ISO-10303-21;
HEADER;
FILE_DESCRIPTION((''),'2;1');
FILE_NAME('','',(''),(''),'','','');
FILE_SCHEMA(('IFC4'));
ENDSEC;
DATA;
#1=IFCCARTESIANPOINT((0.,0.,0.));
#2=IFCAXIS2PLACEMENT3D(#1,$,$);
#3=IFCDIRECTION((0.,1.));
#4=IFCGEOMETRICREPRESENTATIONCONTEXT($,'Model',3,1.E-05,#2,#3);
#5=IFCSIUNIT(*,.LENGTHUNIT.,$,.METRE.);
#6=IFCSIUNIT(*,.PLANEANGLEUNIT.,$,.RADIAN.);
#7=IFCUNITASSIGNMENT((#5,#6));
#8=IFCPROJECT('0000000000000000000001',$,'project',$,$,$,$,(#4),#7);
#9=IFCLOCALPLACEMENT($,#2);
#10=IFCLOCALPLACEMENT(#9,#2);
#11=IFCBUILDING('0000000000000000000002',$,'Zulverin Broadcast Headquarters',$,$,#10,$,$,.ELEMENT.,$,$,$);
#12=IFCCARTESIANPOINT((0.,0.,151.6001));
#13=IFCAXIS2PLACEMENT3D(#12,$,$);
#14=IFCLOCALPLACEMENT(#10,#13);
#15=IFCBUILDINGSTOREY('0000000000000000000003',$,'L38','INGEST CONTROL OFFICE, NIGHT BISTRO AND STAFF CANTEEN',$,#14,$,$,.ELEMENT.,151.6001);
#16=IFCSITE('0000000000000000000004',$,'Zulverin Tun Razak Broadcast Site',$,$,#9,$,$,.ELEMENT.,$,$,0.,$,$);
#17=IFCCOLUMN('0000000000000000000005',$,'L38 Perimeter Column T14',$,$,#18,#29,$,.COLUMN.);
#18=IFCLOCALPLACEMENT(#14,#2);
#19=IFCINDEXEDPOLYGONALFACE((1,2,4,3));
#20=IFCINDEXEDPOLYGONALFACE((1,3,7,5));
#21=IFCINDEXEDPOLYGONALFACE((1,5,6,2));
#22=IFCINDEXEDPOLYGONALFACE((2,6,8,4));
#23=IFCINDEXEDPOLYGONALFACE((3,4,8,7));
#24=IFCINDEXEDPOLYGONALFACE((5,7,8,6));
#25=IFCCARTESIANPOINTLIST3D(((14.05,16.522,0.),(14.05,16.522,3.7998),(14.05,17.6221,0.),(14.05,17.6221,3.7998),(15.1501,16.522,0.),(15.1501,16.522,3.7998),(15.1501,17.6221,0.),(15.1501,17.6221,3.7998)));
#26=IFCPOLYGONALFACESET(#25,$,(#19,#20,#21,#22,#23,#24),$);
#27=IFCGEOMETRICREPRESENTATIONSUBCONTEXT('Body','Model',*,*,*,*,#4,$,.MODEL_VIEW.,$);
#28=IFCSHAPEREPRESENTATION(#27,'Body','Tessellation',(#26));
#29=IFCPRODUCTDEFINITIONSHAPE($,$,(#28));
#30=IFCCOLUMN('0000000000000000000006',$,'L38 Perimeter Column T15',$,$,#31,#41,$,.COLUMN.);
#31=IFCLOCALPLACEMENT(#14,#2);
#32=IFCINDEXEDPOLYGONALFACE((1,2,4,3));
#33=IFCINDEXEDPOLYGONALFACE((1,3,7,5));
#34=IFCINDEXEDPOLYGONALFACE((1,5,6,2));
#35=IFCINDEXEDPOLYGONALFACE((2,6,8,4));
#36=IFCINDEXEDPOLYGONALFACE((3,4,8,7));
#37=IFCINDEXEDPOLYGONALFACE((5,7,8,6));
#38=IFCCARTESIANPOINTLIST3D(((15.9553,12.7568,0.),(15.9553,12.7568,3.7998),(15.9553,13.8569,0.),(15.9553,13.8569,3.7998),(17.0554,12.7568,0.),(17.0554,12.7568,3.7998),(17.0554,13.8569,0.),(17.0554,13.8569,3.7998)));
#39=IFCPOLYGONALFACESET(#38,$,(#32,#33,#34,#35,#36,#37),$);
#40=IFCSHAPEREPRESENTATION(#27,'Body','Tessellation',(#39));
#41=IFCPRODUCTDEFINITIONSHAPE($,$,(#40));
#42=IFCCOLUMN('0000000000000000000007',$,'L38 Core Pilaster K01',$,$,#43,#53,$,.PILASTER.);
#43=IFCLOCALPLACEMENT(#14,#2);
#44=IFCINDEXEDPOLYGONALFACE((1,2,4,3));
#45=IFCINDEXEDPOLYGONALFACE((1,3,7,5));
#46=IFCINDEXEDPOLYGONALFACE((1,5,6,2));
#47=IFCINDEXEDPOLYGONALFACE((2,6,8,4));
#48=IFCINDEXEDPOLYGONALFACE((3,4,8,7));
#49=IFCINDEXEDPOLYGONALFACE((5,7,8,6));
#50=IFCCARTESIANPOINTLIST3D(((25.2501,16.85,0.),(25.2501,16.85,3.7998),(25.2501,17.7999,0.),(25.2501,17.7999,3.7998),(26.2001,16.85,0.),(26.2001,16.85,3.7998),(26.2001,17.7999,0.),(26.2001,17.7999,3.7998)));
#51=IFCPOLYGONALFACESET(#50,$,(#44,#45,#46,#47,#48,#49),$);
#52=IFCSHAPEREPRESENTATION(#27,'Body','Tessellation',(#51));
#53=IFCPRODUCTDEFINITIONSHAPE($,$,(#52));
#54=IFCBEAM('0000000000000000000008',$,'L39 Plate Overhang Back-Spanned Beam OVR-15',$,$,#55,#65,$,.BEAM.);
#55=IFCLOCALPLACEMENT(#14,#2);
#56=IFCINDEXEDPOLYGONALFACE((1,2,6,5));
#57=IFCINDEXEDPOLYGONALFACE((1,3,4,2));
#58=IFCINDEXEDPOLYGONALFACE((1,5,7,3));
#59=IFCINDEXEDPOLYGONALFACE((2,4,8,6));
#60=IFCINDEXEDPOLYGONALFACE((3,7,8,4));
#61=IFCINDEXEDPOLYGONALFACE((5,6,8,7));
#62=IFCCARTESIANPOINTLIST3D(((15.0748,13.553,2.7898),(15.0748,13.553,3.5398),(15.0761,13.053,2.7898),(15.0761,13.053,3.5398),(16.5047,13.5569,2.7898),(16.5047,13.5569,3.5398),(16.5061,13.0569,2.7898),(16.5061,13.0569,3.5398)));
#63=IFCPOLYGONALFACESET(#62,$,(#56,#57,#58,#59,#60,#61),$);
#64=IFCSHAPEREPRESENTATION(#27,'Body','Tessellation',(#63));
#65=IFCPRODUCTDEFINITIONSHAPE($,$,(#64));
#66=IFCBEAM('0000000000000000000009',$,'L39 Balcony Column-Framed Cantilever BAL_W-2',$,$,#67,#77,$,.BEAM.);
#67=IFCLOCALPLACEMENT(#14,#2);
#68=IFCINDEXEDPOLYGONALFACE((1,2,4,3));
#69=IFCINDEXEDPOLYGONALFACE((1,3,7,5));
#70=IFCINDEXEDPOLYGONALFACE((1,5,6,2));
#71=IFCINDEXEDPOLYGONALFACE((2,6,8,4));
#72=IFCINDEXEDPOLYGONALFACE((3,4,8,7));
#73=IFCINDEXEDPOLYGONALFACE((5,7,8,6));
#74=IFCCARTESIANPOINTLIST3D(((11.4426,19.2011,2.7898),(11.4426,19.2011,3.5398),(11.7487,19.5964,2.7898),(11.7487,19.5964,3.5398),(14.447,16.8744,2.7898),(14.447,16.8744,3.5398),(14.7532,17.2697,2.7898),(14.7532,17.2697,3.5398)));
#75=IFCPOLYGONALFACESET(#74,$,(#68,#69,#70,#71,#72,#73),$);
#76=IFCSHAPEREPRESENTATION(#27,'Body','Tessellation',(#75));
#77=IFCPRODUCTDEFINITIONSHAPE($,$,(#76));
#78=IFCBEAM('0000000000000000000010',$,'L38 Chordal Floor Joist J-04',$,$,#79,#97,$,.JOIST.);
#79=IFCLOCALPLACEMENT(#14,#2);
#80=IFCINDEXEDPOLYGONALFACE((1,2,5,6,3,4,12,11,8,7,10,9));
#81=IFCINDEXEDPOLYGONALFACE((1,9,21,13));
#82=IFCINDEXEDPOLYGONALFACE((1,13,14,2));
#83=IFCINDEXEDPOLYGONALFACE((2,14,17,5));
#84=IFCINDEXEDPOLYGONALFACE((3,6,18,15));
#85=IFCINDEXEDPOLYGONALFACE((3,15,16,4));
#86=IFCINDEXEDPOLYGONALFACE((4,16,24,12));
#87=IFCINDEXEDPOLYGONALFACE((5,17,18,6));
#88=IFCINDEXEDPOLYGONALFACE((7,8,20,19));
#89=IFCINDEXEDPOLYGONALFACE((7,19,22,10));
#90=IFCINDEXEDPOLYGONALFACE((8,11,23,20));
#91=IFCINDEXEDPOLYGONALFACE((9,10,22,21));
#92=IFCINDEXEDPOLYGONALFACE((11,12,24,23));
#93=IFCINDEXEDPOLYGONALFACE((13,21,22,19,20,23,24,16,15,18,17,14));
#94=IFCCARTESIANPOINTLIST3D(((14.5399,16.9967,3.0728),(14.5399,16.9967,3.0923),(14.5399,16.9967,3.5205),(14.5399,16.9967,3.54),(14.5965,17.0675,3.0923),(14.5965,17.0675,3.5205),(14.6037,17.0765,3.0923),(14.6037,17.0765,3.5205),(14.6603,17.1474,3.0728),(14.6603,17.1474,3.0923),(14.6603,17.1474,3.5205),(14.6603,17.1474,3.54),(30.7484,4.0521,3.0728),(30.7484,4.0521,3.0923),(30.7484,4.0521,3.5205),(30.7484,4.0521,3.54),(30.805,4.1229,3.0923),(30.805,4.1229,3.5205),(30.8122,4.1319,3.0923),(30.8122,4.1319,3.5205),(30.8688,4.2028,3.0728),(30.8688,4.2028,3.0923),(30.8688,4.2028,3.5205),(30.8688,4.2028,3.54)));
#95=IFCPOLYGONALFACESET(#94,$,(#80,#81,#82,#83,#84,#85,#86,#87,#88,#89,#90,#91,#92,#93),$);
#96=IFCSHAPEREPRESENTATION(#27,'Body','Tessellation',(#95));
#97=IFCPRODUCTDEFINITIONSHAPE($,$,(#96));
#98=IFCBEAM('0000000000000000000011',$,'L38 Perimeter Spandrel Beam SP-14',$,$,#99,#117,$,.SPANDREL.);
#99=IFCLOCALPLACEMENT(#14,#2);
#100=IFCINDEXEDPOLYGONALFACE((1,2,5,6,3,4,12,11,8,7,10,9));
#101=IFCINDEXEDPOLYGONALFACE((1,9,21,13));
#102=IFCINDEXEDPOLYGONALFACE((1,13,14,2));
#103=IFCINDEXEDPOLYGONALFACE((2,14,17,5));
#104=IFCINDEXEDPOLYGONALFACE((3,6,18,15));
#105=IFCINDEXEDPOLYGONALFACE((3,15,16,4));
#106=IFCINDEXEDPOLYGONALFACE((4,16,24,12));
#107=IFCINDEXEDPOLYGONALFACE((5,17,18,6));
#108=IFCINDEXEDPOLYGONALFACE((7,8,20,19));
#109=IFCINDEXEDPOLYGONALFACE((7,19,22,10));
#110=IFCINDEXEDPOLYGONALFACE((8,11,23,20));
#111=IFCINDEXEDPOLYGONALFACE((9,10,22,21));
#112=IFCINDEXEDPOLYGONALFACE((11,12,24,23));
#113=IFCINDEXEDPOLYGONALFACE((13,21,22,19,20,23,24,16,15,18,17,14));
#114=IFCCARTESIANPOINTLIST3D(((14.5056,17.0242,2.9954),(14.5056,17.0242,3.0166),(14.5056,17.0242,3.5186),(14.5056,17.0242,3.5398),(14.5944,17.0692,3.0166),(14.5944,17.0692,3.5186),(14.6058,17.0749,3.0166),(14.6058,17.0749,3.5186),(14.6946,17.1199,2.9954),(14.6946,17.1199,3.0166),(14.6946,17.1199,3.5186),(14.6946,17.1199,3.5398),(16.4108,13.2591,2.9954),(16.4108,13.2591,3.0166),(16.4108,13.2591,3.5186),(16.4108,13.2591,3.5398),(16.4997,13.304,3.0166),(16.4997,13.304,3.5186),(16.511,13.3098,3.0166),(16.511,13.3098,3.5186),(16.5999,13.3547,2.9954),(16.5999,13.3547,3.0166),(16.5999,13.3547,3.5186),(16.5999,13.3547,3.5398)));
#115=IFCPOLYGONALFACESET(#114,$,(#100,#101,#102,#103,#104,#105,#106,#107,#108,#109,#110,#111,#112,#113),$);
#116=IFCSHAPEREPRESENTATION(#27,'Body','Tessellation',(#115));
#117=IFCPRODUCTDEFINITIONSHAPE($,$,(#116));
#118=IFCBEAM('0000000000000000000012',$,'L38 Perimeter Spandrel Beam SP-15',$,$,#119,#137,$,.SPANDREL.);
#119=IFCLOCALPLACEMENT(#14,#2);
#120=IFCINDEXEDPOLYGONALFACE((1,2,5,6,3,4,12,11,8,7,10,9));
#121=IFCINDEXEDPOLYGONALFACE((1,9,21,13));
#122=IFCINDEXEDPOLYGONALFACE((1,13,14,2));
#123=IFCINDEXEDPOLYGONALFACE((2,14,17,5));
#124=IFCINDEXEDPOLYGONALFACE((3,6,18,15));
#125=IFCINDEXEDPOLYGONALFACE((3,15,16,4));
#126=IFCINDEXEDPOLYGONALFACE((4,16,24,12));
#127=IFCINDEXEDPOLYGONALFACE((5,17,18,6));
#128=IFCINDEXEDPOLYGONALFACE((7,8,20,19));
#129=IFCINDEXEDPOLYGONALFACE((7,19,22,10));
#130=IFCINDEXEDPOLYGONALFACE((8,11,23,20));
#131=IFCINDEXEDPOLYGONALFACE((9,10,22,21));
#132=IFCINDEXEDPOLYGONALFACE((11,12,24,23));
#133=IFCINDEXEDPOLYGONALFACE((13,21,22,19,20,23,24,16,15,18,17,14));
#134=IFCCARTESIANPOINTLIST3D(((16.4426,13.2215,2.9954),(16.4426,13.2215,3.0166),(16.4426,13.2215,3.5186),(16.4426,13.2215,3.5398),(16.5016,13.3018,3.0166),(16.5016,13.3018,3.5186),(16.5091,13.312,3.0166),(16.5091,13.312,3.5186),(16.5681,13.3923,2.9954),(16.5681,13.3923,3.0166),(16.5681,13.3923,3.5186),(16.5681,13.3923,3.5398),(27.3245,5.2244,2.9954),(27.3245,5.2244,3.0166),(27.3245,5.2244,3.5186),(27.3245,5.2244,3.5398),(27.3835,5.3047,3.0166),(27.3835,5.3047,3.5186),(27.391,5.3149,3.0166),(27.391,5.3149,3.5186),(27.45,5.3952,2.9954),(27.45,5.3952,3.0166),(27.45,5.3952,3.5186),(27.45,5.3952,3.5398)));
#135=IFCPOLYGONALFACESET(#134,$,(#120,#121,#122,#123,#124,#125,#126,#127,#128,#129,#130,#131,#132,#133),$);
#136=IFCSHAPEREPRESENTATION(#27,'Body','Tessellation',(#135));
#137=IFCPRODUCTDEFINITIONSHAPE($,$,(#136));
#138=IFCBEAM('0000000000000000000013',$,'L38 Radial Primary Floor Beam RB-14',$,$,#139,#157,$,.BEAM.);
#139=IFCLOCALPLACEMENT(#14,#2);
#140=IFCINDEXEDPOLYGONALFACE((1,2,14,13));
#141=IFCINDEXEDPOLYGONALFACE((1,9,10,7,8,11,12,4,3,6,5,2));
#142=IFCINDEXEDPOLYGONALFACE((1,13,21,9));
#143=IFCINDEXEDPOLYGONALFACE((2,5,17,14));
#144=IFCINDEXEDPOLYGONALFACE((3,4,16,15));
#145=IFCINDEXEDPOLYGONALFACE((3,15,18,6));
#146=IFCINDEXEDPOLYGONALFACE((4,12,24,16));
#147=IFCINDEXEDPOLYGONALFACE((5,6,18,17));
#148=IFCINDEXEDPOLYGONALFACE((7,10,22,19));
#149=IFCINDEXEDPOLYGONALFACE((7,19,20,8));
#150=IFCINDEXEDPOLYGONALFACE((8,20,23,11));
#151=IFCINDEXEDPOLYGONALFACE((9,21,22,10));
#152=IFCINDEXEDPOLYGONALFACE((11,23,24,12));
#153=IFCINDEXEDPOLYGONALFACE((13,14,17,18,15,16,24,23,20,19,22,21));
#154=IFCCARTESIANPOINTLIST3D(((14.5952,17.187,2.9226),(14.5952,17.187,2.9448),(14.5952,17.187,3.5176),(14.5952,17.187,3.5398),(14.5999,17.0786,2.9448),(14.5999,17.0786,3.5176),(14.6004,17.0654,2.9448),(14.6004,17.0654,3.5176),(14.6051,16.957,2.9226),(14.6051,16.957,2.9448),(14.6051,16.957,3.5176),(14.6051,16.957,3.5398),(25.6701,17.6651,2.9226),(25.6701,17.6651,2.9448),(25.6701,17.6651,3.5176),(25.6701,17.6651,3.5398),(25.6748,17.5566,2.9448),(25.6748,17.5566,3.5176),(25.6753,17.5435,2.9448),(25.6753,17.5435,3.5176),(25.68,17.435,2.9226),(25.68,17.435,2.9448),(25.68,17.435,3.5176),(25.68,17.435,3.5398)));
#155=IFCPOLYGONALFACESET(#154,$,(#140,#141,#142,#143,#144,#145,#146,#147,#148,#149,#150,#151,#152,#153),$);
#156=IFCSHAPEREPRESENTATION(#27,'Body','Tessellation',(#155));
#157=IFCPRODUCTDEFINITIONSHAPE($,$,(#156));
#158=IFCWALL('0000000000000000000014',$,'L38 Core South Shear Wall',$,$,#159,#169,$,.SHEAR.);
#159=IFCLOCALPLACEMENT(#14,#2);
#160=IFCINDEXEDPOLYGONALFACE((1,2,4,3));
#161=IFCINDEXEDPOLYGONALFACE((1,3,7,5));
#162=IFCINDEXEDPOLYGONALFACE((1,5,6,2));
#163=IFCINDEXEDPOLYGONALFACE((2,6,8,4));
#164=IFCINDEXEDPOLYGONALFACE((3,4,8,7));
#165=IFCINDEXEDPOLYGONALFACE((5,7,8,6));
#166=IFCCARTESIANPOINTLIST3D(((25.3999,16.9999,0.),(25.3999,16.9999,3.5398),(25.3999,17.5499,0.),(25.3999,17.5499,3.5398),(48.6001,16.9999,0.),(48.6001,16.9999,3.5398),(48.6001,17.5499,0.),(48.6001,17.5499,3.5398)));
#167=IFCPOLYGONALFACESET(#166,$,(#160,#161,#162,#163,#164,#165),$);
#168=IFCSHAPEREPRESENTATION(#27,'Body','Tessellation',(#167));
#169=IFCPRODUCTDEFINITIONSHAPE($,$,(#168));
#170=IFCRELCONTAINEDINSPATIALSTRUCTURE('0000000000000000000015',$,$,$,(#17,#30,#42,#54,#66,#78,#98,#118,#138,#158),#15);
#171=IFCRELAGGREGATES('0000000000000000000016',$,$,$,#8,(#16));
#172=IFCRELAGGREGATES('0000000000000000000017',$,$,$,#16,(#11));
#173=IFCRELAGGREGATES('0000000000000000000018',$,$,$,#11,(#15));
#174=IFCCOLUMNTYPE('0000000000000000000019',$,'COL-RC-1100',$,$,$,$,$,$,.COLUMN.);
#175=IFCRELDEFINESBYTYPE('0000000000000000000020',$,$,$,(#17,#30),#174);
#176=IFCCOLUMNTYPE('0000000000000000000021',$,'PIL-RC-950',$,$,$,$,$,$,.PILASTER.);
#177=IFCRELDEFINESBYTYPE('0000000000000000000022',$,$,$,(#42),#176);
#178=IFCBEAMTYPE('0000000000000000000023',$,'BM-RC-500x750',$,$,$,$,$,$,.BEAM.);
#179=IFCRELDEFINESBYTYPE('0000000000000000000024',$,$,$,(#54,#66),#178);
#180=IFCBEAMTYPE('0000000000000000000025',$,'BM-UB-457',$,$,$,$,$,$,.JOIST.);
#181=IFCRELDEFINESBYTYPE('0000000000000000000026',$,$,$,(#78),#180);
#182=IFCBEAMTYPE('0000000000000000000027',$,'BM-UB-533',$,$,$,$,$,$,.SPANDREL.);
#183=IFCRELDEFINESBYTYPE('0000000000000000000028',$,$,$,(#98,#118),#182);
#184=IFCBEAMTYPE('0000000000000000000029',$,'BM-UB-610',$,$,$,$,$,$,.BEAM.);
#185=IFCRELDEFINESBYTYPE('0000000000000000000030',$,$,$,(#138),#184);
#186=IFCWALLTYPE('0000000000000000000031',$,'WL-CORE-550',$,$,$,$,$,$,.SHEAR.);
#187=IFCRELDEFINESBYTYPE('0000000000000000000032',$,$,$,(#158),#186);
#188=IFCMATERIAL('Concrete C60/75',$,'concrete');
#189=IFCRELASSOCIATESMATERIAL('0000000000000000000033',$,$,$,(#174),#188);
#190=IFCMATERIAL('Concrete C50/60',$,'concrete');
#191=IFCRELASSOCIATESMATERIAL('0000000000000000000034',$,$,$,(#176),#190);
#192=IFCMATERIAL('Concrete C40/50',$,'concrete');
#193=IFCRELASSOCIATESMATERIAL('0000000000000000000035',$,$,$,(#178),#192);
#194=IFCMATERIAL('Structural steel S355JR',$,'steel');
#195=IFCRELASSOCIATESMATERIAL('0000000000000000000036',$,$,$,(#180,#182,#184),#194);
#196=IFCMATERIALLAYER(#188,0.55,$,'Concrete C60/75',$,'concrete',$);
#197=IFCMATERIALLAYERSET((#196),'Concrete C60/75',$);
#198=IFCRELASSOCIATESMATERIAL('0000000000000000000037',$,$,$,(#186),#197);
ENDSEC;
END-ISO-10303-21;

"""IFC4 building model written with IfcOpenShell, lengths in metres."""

from ifc_helpers import new_model, si_unit, direction, frame, frame_2d, origin, origin_2d, place, context, subcontext, project, spatial, rectangle, i_section, extrude, material, layer, layer_set, material_profile, profile_set, type_object, element, save


model = new_model("IFC4")

# Units and contexts
model_context = context("Model", 3, precision=1e-05, world=origin(), true_north=direction((0.0, 1.0)))
body_context = subcontext(model_context, "Body", "Model", "MODEL_VIEW")
ifc_project = project(units=[si_unit("LENGTHUNIT", "METRE"), si_unit("PLANEANGLEUNIT", "RADIAN")], contexts=[model_context])

# Site, building, storey
site_placement = place(None, origin())
site = spatial("IfcSite", under=ifc_project, at=site_placement, Name="Zulverin Tun Razak Broadcast Site", CompositionType="ELEMENT", RefElevation=0.0)
building_placement = place(site_placement, origin())
building = spatial("IfcBuilding", under=site, at=building_placement, Name="Zulverin Broadcast Headquarters", CompositionType="ELEMENT")
storey_placement = place(building_placement, frame((0.0, 0.0, 151.6001)))
storey = spatial("IfcBuildingStorey", under=building, at=storey_placement, Name="L38", Description="INGEST CONTROL OFFICE, NIGHT BISTRO AND STAFF CANTEEN", CompositionType="ELEMENT", Elevation=151.6001)

# Columns
ifc_material_1 = material(Name="Concrete C60/75", Category="concrete")
ifc_material_profile_1 = material_profile(ifc_material_1, rectangle(XDim=1.1001, YDim=1.1001, at=origin_2d()), Name="Concrete C60/75", Category="concrete")
ifc_profile_set_1 = profile_set([ifc_material_profile_1], Name="Concrete C60/75")
column_type_1 = type_object("IfcColumnType", Name="COL-RC-1100", PredefinedType="COLUMN", material=ifc_profile_set_1)
for number, where, z_axis, x_axis, name in (
    (1, (14.6001, 17.072, 0.0), (0.0, 0.0, 1.0), (1.0, 0.0, 0.0), "L38 Perimeter Column T14"),
    (2, (16.5054, 13.3069, 0.0), (0.0, 0.0, 1.0), (1.0, 0.0, 0.0), "L38 Perimeter Column T15"),
):
    element("IfcColumn", number, at=place(storey_placement, frame(where, z_axis=z_axis, x_axis=x_axis)), inside=storey, type_object=column_type_1, Name=name, PredefinedType="COLUMN", context=body_context, shape_type="SweptSolid", body=[
        extrude(rectangle(XDim=1.1001, YDim=1.1001, at=origin_2d()), origin(), (0.0, 0.0, 1.0), 3.7998),
    ])
ifc_material_2 = material(Name="Concrete C50/60", Category="concrete")
ifc_material_profile_2 = material_profile(ifc_material_2, rectangle(XDim=0.95, YDim=0.95, at=origin_2d()), Name="Concrete C50/60", Category="concrete")
ifc_profile_set_2 = profile_set([ifc_material_profile_2], Name="Concrete C50/60")
column_type_2 = type_object("IfcColumnType", Name="PIL-RC-950", PredefinedType="PILASTER", material=ifc_profile_set_2)
column_placement = place(storey_placement, frame((25.7251, 17.325, 0.0), z_axis=(0.0, 0.0, 1.0), x_axis=(1.0, 0.0, 0.0)))
element("IfcColumn", 3, at=column_placement, inside=storey, type_object=column_type_2, Name="L38 Core Pilaster K01", PredefinedType="PILASTER", context=body_context, shape_type="SweptSolid", body=[
    extrude(rectangle(XDim=0.95, YDim=0.95, at=origin_2d()), origin(), (0.0, 0.0, 1.0), 3.7998),
])

# Beams
ifc_material_3 = material(Name="Concrete C40/50", Category="concrete")
ifc_material_profile_3 = material_profile(ifc_material_3, rectangle(XDim=0.5, YDim=0.75, at=origin_2d()), Name="Concrete C40/50", Category="concrete")
ifc_profile_set_3 = profile_set([ifc_material_profile_3], Name="Concrete C40/50")
beam_type_1 = type_object("IfcBeamType", Name="BM-RC-500x750", PredefinedType="BEAM", material=ifc_profile_set_3)
beam_1_placement = place(storey_placement, frame((16.5054, 13.3069, 3.1648), z_axis=(-0.999996, -0.002732, 0.0), x_axis=(0.002732, -0.999996, 0.0)))
element("IfcBeam", 4, at=beam_1_placement, inside=storey, type_object=beam_type_1, Name="L39 Plate Overhang Back-Spanned Beam OVR-15", PredefinedType="BEAM", context=body_context, shape_type="SweptSolid", body=[
    extrude(rectangle(XDim=0.5, YDim=0.75, at=origin_2d()), origin(), (0.0, 0.0, 1.0), 1.4299),
])
beam_2_placement = place(storey_placement, frame((14.6001, 17.072, 3.1648), z_axis=(-0.790637, 0.612285, 0.0), x_axis=(-0.612285, -0.790637, 0.0)))
element("IfcBeam", 5, at=beam_2_placement, inside=storey, type_object=beam_type_1, Name="L39 Balcony Column-Framed Cantilever BAL_W-2", PredefinedType="BEAM", context=body_context, shape_type="SweptSolid", body=[
    extrude(rectangle(XDim=0.5, YDim=0.75, at=origin_2d()), origin(), (0.0, 0.0, 1.0), 3.8),
])
ifc_material_4 = material(Name="Structural steel S355JR", Category="steel")
ifc_material_profile_4 = material_profile(ifc_material_4, i_section(OverallWidth=0.1929, OverallDepth=0.4673, WebThickness=0.0115, FlangeThickness=0.0195, at=origin_2d()), Name="Structural steel S355JR", Category="steel")
ifc_profile_set_4 = profile_set([ifc_material_profile_4], Name="Structural steel S355JR")
beam_type_2 = type_object("IfcBeamType", Name="BM-UB-457", PredefinedType="JOIST", material=ifc_profile_set_4)
beam_3_placement = place(storey_placement, frame((14.6001, 17.072, 3.3064), z_axis=(0.781391, -0.624042, 0.0), x_axis=(0.624042, 0.781391, 0.0)))
element("IfcBeam", 6, at=beam_3_placement, inside=storey, type_object=beam_type_2, Name="L38 Chordal Floor Joist J-04", PredefinedType="JOIST", context=body_context, shape_type="SweptSolid", body=[
    extrude(i_section(OverallWidth=0.1929, OverallDepth=0.4673, WebThickness=0.0115, FlangeThickness=0.0195, at=origin_2d()), origin(), (0.0, 0.0, 1.0), 20.7432),
])
ifc_material_profile_5 = material_profile(ifc_material_4, i_section(OverallWidth=0.2119, OverallDepth=0.5444, WebThickness=0.0127, FlangeThickness=0.0212, at=origin_2d()), Name="Structural steel S355JR", Category="steel")
ifc_profile_set_5 = profile_set([ifc_material_profile_5], Name="Structural steel S355JR")
beam_type_3 = type_object("IfcBeamType", Name="BM-UB-533", PredefinedType="SPANDREL", material=ifc_profile_set_5)
beam_4_placement = place(storey_placement, frame((14.6001, 17.072, 3.2676), z_axis=(0.451513, -0.892265, 0.0), x_axis=(0.892265, 0.451513, 0.0)))
element("IfcBeam", 7, at=beam_4_placement, inside=storey, type_object=beam_type_3, Name="L38 Perimeter Spandrel Beam SP-14", PredefinedType="SPANDREL", context=body_context, shape_type="SweptSolid", body=[
    extrude(i_section(OverallWidth=0.2119, OverallDepth=0.5444, WebThickness=0.0127, FlangeThickness=0.0212, at=origin_2d()), origin(), (0.0, 0.0, 1.0), 4.2197),
])
beam_5_placement = place(storey_placement, frame((16.5054, 13.3069, 3.2676), z_axis=(0.805802, -0.592185, 0.0), x_axis=(0.592185, 0.805802, 0.0)))
element("IfcBeam", 8, at=beam_5_placement, inside=storey, type_object=beam_type_3, Name="L38 Perimeter Spandrel Beam SP-15", PredefinedType="SPANDREL", context=body_context, shape_type="SweptSolid", body=[
    extrude(i_section(OverallWidth=0.2119, OverallDepth=0.5444, WebThickness=0.0127, FlangeThickness=0.0212, at=origin_2d()), origin(), (0.0, 0.0, 1.0), 13.5044),
])
ifc_material_profile_6 = material_profile(ifc_material_4, i_section(OverallWidth=0.2302, OverallDepth=0.6172, WebThickness=0.0132, FlangeThickness=0.0222, at=origin_2d()), Name="Structural steel S355JR", Category="steel")
ifc_profile_set_6 = profile_set([ifc_material_profile_6], Name="Structural steel S355JR")
beam_type_4 = type_object("IfcBeamType", Name="BM-UB-610", PredefinedType="BEAM", material=ifc_profile_set_6)
beam_6_placement = place(storey_placement, frame((25.675, 17.55, 3.2312), z_axis=(-0.99907, -0.043123, 0.0), x_axis=(0.043123, -0.99907, 0.0)))
element("IfcBeam", 9, at=beam_6_placement, inside=storey, type_object=beam_type_4, Name="L38 Radial Primary Floor Beam RB-14", PredefinedType="BEAM", context=body_context, shape_type="SweptSolid", body=[
    extrude(i_section(OverallWidth=0.2302, OverallDepth=0.6172, WebThickness=0.0132, FlangeThickness=0.0222, at=origin_2d()), origin(), (0.0, 0.0, 1.0), 11.0852),
])

# Wall
ifc_layer_1 = layer(ifc_material_1, 0.55, Name="Concrete C60/75", Category="concrete")
ifc_layer_set_1 = layer_set([ifc_layer_1], Name="Concrete C60/75")
wall_type_1 = type_object("IfcWallType", Name="WL-CORE-550", PredefinedType="SHEAR", material=ifc_layer_set_1)
wall_1_placement = place(storey_placement, frame((25.3999, 17.2749, 0.0), z_axis=(0.0, 0.0, 1.0), x_axis=(1.0, 0.0, 0.0)))
element("IfcWall", 10, at=wall_1_placement, inside=storey, type_object=wall_type_1, Name="L38 Core South Shear Wall", PredefinedType="SHEAR", context=body_context, shape_type="SweptSolid", body=[
    extrude(rectangle(XDim=23.2002, YDim=0.55, at=frame_2d((11.6001, 0.0))), origin(), (0.0, 0.0, 1.0), 3.5398),
])

save(model, "model.ifc")
